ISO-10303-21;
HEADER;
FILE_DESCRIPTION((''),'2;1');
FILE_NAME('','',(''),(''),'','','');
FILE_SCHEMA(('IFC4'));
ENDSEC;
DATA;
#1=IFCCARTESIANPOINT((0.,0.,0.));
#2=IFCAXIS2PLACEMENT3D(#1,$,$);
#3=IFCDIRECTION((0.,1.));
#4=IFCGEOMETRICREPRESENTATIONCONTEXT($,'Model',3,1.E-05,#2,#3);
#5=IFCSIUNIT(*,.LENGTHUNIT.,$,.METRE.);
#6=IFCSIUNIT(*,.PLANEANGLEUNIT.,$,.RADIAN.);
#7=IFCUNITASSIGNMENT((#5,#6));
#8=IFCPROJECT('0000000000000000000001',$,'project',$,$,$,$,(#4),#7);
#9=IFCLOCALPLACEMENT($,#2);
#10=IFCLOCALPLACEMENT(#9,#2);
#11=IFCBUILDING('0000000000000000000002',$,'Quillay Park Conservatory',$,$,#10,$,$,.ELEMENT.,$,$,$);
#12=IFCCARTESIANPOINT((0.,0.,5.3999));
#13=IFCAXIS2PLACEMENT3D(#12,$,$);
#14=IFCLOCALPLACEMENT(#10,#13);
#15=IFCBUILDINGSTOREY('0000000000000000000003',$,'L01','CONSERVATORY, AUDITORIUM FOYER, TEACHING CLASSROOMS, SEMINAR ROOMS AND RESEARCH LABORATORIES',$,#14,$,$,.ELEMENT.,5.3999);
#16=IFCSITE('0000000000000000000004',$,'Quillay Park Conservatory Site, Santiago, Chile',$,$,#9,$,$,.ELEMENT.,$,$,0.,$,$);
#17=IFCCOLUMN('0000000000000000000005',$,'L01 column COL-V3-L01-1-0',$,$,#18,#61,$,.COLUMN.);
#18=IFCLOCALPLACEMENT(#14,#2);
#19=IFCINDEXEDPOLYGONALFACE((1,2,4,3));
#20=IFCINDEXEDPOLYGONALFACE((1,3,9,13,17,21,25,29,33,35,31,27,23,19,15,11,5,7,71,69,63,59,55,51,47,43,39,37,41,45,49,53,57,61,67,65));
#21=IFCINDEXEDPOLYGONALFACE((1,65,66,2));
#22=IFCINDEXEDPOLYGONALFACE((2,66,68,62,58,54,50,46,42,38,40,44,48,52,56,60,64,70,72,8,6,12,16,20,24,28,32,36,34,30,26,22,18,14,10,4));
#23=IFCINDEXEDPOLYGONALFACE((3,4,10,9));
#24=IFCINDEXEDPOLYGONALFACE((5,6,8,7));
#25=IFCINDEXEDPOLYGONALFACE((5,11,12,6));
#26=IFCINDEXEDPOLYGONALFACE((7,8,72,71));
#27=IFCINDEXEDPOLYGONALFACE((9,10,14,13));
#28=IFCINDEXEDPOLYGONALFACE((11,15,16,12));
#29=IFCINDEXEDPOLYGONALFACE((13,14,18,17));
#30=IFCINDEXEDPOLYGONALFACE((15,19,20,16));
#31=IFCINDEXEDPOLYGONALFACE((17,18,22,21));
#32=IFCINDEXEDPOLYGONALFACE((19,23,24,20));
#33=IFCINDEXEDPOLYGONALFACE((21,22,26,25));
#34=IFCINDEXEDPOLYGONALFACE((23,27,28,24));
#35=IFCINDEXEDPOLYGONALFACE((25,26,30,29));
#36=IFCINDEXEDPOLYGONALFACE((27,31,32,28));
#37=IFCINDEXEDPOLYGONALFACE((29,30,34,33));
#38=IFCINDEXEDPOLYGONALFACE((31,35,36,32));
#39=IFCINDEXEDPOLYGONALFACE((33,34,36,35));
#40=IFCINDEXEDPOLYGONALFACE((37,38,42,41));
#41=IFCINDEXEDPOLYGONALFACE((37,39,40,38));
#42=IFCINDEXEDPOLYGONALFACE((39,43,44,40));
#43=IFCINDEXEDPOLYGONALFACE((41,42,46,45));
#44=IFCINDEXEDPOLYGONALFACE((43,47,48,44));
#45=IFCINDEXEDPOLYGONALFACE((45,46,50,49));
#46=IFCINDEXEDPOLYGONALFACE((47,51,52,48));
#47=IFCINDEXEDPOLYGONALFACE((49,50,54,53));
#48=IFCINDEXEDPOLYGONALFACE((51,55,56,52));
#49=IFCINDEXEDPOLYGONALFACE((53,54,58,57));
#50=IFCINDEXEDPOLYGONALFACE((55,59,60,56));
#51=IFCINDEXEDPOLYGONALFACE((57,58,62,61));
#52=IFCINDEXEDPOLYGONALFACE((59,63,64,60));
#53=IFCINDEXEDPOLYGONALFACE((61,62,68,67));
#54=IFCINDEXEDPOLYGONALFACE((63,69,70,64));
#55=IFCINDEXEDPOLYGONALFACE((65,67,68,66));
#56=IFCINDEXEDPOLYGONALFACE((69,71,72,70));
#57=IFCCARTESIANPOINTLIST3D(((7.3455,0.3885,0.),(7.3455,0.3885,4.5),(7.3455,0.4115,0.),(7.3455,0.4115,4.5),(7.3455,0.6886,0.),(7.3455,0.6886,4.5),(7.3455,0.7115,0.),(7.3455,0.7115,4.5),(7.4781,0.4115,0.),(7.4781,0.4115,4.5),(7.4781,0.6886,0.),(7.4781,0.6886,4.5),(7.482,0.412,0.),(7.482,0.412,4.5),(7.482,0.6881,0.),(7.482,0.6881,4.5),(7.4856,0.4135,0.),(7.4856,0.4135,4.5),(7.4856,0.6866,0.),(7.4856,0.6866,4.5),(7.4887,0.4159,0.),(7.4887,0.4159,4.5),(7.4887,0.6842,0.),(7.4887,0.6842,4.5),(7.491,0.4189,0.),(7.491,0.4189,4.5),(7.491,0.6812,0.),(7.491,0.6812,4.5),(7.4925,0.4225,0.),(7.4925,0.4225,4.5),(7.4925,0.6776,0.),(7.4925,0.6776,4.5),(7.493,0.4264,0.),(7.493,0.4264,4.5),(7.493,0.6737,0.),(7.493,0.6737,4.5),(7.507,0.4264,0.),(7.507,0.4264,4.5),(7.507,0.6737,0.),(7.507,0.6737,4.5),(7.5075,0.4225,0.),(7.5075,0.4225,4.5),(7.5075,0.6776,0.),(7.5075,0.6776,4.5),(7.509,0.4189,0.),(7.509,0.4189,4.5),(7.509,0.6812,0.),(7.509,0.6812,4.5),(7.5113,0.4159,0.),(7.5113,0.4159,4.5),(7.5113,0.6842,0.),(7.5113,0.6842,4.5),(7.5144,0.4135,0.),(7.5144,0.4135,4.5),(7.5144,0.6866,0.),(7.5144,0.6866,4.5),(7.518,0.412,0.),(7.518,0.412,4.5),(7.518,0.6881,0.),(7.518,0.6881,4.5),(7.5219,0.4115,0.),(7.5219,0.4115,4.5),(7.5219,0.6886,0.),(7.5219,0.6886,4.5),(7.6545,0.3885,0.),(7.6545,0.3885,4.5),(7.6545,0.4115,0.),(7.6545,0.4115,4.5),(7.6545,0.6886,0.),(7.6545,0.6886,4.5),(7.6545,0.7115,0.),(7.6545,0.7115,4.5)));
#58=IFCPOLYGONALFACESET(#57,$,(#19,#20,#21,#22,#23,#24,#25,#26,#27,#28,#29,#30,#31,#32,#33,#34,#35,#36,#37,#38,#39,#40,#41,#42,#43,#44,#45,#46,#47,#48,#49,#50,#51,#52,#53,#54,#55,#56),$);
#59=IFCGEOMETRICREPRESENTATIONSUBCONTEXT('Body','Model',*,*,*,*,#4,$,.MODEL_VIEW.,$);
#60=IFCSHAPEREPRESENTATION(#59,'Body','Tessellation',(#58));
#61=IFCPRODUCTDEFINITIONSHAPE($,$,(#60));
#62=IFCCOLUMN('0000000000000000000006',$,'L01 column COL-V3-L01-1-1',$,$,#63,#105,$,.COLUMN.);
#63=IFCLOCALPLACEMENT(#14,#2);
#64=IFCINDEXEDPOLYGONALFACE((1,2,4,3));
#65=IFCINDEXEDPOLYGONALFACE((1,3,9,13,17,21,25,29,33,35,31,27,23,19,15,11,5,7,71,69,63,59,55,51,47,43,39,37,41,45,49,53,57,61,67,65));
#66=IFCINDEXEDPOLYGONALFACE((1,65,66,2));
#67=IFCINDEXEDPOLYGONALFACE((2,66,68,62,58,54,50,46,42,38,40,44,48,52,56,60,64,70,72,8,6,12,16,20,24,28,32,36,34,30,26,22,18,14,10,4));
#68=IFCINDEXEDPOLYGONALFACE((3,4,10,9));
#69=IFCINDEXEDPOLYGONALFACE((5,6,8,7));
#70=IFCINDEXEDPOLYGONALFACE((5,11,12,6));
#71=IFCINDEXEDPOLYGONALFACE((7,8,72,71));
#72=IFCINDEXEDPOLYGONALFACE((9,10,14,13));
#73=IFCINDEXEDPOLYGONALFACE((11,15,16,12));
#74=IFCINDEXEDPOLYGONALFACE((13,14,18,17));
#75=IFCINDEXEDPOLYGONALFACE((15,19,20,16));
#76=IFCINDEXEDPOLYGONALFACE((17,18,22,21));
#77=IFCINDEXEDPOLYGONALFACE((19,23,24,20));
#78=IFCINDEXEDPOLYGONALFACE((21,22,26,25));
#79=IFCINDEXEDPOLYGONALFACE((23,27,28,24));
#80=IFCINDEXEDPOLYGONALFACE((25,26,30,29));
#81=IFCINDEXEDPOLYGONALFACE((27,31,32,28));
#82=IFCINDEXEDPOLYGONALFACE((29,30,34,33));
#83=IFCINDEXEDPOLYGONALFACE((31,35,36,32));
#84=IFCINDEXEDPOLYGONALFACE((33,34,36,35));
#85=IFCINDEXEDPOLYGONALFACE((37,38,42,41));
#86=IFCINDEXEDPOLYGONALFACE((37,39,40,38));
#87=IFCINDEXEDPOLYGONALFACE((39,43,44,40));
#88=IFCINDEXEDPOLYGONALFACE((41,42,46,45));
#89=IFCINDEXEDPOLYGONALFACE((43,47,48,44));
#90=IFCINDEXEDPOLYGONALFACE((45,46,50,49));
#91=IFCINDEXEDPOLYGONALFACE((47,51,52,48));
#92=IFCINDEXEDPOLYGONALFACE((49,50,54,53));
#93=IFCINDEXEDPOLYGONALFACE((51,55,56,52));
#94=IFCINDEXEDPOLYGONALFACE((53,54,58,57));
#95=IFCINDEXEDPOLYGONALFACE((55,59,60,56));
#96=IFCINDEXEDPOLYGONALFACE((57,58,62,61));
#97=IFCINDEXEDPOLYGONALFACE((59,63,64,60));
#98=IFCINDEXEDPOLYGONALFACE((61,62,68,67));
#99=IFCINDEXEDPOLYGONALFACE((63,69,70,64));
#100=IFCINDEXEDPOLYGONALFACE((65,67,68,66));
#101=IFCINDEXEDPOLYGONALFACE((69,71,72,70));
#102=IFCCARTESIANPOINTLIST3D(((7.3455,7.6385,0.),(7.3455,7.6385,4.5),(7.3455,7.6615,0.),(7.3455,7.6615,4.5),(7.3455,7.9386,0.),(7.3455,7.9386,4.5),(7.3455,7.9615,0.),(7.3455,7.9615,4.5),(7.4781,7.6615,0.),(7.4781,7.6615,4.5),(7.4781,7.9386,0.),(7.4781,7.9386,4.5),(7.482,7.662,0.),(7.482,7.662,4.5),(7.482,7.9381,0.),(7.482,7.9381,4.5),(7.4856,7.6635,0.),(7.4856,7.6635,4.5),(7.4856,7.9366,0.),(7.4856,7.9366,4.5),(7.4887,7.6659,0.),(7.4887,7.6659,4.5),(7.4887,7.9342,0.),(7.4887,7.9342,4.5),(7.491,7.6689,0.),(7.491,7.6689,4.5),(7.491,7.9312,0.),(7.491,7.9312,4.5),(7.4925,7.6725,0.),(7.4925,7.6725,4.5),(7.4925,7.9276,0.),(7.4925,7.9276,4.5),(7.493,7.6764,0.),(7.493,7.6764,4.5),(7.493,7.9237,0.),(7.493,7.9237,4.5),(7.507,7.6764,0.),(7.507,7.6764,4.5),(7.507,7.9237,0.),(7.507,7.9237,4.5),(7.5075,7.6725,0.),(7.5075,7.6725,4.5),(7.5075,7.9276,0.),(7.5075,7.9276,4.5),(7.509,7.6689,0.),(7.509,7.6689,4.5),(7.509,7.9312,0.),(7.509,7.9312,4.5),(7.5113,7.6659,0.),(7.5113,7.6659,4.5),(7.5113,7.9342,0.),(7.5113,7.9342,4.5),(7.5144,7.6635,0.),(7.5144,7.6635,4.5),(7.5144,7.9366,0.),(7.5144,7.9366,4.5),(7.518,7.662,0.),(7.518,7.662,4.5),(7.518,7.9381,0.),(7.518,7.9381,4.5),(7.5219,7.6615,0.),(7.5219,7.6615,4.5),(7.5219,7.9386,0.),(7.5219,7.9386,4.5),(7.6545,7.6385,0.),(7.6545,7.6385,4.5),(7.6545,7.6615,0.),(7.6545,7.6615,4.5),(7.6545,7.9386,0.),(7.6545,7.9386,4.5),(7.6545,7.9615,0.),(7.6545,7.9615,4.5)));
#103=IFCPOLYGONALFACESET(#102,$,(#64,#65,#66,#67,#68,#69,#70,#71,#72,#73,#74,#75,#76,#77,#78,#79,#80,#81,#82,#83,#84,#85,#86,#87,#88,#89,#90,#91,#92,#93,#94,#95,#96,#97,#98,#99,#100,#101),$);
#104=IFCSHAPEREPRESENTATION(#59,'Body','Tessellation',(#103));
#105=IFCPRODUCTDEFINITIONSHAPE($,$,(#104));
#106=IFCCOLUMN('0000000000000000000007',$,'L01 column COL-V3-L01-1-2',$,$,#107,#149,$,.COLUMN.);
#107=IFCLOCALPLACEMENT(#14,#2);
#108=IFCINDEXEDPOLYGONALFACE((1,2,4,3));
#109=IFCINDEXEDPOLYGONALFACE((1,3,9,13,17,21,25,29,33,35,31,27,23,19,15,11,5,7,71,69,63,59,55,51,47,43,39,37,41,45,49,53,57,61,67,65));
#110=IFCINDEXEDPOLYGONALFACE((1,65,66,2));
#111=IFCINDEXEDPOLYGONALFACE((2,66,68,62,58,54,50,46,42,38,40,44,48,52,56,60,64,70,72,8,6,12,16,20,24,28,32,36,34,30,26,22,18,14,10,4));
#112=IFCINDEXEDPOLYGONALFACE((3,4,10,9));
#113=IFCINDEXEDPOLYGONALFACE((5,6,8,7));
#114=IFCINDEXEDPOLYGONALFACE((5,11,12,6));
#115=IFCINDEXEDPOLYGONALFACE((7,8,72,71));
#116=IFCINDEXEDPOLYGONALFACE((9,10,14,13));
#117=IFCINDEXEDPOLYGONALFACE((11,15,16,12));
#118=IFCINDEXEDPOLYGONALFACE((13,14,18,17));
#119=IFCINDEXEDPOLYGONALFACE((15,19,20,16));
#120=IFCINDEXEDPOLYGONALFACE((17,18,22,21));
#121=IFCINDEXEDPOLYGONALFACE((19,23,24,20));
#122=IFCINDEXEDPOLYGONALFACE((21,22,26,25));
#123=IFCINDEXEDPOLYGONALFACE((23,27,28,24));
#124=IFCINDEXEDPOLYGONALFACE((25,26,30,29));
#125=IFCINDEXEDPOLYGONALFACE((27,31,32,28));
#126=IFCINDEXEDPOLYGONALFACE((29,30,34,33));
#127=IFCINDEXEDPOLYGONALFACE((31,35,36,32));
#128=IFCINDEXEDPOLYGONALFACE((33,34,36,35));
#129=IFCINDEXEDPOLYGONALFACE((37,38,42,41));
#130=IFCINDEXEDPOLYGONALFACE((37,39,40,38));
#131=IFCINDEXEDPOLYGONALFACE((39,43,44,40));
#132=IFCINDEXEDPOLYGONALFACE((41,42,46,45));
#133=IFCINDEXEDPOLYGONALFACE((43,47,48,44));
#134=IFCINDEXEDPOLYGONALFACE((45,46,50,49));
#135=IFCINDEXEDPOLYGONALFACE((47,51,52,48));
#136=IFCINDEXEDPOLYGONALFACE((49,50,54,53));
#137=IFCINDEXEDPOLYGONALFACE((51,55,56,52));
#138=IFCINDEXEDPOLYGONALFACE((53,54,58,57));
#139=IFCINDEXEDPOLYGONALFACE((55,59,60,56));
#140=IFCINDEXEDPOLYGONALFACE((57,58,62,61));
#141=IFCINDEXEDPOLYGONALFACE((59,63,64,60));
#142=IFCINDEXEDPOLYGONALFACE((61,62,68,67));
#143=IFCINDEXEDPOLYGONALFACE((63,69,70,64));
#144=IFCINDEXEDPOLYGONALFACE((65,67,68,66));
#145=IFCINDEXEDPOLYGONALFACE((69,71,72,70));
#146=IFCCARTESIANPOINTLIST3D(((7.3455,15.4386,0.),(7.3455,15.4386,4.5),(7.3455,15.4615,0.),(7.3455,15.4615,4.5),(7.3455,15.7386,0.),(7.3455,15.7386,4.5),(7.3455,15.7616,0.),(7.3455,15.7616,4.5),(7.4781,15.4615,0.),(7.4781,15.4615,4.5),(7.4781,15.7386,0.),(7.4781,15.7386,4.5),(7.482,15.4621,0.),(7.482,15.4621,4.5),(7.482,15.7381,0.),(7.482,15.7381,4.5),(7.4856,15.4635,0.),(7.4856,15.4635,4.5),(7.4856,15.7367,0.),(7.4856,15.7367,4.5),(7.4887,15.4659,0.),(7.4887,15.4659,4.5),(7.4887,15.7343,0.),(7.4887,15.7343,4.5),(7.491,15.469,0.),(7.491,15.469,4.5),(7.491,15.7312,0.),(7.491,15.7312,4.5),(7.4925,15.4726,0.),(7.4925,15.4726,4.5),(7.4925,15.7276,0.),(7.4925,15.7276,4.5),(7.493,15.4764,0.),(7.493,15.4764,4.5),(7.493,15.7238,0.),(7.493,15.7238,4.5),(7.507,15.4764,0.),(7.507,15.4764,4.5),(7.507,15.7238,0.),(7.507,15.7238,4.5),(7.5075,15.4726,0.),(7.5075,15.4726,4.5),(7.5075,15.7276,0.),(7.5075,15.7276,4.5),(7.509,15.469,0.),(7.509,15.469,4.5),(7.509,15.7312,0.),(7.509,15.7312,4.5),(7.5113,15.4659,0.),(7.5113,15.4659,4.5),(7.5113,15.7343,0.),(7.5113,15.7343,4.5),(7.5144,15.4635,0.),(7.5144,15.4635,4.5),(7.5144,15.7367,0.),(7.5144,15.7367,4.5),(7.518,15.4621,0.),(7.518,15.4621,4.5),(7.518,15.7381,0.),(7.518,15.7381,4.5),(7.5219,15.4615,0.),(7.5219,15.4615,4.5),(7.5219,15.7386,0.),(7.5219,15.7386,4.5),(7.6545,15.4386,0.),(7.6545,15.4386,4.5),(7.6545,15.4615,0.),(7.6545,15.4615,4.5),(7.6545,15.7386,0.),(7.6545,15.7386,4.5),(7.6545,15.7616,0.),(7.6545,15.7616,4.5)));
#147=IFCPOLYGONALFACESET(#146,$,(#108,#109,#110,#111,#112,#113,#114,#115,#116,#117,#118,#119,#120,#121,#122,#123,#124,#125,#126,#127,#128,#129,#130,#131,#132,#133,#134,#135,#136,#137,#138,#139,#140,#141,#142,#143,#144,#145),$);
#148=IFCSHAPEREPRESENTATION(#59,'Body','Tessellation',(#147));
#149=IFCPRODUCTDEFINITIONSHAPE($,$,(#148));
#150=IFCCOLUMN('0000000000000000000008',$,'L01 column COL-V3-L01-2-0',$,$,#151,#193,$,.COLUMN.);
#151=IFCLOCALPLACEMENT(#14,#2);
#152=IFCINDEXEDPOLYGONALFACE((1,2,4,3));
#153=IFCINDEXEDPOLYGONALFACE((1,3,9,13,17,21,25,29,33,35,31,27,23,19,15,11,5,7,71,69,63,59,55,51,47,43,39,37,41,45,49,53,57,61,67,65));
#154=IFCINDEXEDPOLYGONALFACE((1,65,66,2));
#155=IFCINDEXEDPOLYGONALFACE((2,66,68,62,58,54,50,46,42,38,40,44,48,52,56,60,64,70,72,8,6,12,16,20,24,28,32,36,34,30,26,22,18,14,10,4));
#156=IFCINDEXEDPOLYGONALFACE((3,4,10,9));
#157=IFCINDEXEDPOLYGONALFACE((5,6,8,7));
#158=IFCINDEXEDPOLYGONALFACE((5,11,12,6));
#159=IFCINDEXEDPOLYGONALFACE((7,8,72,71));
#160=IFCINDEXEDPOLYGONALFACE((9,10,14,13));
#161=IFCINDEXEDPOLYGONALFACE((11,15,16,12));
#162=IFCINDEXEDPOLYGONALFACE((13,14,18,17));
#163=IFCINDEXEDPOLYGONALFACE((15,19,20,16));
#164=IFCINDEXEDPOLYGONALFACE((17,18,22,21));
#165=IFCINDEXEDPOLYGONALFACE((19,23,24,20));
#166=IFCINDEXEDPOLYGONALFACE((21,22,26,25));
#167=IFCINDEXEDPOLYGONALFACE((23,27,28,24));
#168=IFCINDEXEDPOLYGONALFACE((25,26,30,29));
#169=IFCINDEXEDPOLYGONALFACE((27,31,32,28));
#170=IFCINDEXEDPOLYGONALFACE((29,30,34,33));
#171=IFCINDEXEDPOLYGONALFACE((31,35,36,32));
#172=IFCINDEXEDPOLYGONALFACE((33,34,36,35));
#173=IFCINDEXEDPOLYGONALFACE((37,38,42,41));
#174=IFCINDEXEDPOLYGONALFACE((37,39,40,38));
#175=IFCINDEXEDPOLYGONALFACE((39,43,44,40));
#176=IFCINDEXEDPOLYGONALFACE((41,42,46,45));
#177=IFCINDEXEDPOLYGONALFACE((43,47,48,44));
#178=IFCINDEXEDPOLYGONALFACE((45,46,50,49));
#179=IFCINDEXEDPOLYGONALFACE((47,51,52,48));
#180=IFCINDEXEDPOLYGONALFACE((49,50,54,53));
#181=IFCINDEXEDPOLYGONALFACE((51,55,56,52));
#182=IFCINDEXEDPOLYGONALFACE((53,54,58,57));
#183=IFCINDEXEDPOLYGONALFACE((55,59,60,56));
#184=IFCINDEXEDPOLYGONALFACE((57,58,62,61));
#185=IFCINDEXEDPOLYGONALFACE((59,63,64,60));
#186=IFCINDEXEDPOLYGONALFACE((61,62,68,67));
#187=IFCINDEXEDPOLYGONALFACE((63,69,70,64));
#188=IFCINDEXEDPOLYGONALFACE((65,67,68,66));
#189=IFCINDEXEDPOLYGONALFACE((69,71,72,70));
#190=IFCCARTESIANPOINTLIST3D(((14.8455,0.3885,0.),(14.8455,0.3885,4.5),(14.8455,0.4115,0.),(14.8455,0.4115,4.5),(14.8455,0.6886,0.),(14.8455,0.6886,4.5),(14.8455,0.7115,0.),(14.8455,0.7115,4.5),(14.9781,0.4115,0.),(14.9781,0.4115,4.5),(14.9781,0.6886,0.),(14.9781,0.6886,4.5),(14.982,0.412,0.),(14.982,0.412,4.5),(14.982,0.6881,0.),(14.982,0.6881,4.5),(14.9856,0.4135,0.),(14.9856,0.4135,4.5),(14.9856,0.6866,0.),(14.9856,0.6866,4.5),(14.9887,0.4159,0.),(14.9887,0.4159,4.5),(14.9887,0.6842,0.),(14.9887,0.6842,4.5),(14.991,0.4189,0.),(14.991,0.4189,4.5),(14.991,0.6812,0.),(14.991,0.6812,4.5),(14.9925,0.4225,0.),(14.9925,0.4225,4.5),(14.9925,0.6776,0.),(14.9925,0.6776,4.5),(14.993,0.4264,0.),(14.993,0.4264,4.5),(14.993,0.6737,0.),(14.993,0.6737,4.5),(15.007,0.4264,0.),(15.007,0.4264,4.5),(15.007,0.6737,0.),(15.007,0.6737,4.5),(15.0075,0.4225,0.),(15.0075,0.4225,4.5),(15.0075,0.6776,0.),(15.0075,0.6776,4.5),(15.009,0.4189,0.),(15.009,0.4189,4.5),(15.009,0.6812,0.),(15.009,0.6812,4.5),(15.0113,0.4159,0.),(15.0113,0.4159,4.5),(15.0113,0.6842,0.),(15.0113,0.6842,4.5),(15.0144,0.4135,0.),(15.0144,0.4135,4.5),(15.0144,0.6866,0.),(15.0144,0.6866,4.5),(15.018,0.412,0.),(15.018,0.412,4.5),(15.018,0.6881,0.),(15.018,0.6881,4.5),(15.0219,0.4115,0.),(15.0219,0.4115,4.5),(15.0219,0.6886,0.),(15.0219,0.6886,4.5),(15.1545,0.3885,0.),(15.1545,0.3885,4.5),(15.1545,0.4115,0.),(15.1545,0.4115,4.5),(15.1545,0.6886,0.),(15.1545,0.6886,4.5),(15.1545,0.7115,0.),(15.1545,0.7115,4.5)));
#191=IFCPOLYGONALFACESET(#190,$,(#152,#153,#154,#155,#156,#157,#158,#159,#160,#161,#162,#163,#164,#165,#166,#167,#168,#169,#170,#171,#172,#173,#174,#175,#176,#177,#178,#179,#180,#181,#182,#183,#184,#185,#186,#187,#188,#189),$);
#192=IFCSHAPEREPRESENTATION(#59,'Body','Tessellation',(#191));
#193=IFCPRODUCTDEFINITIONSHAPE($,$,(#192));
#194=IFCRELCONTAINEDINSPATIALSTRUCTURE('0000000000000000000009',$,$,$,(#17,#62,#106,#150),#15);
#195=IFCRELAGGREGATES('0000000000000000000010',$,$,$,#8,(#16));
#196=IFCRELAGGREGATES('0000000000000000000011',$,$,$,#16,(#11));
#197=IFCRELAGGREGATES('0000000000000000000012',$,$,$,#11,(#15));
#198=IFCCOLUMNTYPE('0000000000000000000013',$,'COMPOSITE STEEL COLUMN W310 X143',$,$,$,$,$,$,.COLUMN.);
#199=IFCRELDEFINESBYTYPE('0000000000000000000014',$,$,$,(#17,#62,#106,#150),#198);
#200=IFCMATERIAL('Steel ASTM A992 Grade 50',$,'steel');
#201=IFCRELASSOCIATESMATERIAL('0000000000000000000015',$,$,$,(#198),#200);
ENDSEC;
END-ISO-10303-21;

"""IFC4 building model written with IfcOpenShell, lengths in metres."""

from ifc_helpers import new_model, si_unit, direction, frame, origin, origin_2d, place, context, subcontext, project, spatial, i_section, extrude, material, material_profile, profile_set, type_object, element, save


model = new_model("IFC4")

# Units and contexts
model_context = context("Model", 3, precision=1e-05, world=origin(), true_north=direction((0.0, 1.0)))
body_context = subcontext(model_context, "Body", "Model", "MODEL_VIEW")
ifc_project = project(units=[si_unit("LENGTHUNIT", "METRE"), si_unit("PLANEANGLEUNIT", "RADIAN")], contexts=[model_context])

# Site, building, storey
site_placement = place(None, origin())
site = spatial("IfcSite", under=ifc_project, at=site_placement, Name="Quillay Park Conservatory Site, Santiago, Chile", CompositionType="ELEMENT", RefElevation=0.0)
building_placement = place(site_placement, origin())
building = spatial("IfcBuilding", under=site, at=building_placement, Name="Quillay Park Conservatory", CompositionType="ELEMENT")
storey_placement = place(building_placement, frame((0.0, 0.0, 5.3999)))
storey = spatial("IfcBuildingStorey", under=building, at=storey_placement, Name="L01", Description="CONSERVATORY, AUDITORIUM FOYER, TEACHING CLASSROOMS, SEMINAR ROOMS AND RESEARCH LABORATORIES", CompositionType="ELEMENT", Elevation=5.3999)

# Columns
ifc_material_1 = material(Name="Steel ASTM A992 Grade 50", Category="steel")
ifc_material_profile_1 = material_profile(ifc_material_1, i_section(OverallWidth=0.3091, OverallDepth=0.323, WebThickness=0.0139, FlangeThickness=0.0229, FilletRadius=0.0149, at=origin_2d()), Name="W310x143")
ifc_profile_set_1 = profile_set([ifc_material_profile_1], Name="Steel ASTM A992 Grade 50")
column_type_1 = type_object("IfcColumnType", Name="COMPOSITE STEEL COLUMN W310 X143", PredefinedType="COLUMN", material=ifc_profile_set_1)
for number, where, z_axis, x_axis, name in (
    (1, (7.5, 0.55, 0.0), (0.0, 0.0, 1.0), (1.0, 0.0, 0.0), "L01 column COL-V3-L01-1-0"),
    (2, (7.5, 7.8, 0.0), (0.0, 0.0, 1.0), (1.0, 0.0, 0.0), "L01 column COL-V3-L01-1-1"),
    (3, (7.5, 15.6001, 0.0), (0.0, 0.0, 1.0), (1.0, 0.0, 0.0), "L01 column COL-V3-L01-1-2"),
    (4, (15.0, 0.55, 0.0), (0.0, 0.0, 1.0), (1.0, 0.0, 0.0), "L01 column COL-V3-L01-2-0"),
):
    element("IfcColumn", number, at=place(storey_placement, frame(where, z_axis=z_axis, x_axis=x_axis)), inside=storey, type_object=column_type_1, Name=name, PredefinedType="COLUMN", context=body_context, shape_type="SweptSolid", body=[
        extrude(i_section(OverallWidth=0.3091, OverallDepth=0.323, WebThickness=0.0139, FlangeThickness=0.0229, FilletRadius=0.0149, at=origin_2d()), origin(), (0.0, 0.0, 1.0), 4.5),
    ])

save(model, "model.ifc")
